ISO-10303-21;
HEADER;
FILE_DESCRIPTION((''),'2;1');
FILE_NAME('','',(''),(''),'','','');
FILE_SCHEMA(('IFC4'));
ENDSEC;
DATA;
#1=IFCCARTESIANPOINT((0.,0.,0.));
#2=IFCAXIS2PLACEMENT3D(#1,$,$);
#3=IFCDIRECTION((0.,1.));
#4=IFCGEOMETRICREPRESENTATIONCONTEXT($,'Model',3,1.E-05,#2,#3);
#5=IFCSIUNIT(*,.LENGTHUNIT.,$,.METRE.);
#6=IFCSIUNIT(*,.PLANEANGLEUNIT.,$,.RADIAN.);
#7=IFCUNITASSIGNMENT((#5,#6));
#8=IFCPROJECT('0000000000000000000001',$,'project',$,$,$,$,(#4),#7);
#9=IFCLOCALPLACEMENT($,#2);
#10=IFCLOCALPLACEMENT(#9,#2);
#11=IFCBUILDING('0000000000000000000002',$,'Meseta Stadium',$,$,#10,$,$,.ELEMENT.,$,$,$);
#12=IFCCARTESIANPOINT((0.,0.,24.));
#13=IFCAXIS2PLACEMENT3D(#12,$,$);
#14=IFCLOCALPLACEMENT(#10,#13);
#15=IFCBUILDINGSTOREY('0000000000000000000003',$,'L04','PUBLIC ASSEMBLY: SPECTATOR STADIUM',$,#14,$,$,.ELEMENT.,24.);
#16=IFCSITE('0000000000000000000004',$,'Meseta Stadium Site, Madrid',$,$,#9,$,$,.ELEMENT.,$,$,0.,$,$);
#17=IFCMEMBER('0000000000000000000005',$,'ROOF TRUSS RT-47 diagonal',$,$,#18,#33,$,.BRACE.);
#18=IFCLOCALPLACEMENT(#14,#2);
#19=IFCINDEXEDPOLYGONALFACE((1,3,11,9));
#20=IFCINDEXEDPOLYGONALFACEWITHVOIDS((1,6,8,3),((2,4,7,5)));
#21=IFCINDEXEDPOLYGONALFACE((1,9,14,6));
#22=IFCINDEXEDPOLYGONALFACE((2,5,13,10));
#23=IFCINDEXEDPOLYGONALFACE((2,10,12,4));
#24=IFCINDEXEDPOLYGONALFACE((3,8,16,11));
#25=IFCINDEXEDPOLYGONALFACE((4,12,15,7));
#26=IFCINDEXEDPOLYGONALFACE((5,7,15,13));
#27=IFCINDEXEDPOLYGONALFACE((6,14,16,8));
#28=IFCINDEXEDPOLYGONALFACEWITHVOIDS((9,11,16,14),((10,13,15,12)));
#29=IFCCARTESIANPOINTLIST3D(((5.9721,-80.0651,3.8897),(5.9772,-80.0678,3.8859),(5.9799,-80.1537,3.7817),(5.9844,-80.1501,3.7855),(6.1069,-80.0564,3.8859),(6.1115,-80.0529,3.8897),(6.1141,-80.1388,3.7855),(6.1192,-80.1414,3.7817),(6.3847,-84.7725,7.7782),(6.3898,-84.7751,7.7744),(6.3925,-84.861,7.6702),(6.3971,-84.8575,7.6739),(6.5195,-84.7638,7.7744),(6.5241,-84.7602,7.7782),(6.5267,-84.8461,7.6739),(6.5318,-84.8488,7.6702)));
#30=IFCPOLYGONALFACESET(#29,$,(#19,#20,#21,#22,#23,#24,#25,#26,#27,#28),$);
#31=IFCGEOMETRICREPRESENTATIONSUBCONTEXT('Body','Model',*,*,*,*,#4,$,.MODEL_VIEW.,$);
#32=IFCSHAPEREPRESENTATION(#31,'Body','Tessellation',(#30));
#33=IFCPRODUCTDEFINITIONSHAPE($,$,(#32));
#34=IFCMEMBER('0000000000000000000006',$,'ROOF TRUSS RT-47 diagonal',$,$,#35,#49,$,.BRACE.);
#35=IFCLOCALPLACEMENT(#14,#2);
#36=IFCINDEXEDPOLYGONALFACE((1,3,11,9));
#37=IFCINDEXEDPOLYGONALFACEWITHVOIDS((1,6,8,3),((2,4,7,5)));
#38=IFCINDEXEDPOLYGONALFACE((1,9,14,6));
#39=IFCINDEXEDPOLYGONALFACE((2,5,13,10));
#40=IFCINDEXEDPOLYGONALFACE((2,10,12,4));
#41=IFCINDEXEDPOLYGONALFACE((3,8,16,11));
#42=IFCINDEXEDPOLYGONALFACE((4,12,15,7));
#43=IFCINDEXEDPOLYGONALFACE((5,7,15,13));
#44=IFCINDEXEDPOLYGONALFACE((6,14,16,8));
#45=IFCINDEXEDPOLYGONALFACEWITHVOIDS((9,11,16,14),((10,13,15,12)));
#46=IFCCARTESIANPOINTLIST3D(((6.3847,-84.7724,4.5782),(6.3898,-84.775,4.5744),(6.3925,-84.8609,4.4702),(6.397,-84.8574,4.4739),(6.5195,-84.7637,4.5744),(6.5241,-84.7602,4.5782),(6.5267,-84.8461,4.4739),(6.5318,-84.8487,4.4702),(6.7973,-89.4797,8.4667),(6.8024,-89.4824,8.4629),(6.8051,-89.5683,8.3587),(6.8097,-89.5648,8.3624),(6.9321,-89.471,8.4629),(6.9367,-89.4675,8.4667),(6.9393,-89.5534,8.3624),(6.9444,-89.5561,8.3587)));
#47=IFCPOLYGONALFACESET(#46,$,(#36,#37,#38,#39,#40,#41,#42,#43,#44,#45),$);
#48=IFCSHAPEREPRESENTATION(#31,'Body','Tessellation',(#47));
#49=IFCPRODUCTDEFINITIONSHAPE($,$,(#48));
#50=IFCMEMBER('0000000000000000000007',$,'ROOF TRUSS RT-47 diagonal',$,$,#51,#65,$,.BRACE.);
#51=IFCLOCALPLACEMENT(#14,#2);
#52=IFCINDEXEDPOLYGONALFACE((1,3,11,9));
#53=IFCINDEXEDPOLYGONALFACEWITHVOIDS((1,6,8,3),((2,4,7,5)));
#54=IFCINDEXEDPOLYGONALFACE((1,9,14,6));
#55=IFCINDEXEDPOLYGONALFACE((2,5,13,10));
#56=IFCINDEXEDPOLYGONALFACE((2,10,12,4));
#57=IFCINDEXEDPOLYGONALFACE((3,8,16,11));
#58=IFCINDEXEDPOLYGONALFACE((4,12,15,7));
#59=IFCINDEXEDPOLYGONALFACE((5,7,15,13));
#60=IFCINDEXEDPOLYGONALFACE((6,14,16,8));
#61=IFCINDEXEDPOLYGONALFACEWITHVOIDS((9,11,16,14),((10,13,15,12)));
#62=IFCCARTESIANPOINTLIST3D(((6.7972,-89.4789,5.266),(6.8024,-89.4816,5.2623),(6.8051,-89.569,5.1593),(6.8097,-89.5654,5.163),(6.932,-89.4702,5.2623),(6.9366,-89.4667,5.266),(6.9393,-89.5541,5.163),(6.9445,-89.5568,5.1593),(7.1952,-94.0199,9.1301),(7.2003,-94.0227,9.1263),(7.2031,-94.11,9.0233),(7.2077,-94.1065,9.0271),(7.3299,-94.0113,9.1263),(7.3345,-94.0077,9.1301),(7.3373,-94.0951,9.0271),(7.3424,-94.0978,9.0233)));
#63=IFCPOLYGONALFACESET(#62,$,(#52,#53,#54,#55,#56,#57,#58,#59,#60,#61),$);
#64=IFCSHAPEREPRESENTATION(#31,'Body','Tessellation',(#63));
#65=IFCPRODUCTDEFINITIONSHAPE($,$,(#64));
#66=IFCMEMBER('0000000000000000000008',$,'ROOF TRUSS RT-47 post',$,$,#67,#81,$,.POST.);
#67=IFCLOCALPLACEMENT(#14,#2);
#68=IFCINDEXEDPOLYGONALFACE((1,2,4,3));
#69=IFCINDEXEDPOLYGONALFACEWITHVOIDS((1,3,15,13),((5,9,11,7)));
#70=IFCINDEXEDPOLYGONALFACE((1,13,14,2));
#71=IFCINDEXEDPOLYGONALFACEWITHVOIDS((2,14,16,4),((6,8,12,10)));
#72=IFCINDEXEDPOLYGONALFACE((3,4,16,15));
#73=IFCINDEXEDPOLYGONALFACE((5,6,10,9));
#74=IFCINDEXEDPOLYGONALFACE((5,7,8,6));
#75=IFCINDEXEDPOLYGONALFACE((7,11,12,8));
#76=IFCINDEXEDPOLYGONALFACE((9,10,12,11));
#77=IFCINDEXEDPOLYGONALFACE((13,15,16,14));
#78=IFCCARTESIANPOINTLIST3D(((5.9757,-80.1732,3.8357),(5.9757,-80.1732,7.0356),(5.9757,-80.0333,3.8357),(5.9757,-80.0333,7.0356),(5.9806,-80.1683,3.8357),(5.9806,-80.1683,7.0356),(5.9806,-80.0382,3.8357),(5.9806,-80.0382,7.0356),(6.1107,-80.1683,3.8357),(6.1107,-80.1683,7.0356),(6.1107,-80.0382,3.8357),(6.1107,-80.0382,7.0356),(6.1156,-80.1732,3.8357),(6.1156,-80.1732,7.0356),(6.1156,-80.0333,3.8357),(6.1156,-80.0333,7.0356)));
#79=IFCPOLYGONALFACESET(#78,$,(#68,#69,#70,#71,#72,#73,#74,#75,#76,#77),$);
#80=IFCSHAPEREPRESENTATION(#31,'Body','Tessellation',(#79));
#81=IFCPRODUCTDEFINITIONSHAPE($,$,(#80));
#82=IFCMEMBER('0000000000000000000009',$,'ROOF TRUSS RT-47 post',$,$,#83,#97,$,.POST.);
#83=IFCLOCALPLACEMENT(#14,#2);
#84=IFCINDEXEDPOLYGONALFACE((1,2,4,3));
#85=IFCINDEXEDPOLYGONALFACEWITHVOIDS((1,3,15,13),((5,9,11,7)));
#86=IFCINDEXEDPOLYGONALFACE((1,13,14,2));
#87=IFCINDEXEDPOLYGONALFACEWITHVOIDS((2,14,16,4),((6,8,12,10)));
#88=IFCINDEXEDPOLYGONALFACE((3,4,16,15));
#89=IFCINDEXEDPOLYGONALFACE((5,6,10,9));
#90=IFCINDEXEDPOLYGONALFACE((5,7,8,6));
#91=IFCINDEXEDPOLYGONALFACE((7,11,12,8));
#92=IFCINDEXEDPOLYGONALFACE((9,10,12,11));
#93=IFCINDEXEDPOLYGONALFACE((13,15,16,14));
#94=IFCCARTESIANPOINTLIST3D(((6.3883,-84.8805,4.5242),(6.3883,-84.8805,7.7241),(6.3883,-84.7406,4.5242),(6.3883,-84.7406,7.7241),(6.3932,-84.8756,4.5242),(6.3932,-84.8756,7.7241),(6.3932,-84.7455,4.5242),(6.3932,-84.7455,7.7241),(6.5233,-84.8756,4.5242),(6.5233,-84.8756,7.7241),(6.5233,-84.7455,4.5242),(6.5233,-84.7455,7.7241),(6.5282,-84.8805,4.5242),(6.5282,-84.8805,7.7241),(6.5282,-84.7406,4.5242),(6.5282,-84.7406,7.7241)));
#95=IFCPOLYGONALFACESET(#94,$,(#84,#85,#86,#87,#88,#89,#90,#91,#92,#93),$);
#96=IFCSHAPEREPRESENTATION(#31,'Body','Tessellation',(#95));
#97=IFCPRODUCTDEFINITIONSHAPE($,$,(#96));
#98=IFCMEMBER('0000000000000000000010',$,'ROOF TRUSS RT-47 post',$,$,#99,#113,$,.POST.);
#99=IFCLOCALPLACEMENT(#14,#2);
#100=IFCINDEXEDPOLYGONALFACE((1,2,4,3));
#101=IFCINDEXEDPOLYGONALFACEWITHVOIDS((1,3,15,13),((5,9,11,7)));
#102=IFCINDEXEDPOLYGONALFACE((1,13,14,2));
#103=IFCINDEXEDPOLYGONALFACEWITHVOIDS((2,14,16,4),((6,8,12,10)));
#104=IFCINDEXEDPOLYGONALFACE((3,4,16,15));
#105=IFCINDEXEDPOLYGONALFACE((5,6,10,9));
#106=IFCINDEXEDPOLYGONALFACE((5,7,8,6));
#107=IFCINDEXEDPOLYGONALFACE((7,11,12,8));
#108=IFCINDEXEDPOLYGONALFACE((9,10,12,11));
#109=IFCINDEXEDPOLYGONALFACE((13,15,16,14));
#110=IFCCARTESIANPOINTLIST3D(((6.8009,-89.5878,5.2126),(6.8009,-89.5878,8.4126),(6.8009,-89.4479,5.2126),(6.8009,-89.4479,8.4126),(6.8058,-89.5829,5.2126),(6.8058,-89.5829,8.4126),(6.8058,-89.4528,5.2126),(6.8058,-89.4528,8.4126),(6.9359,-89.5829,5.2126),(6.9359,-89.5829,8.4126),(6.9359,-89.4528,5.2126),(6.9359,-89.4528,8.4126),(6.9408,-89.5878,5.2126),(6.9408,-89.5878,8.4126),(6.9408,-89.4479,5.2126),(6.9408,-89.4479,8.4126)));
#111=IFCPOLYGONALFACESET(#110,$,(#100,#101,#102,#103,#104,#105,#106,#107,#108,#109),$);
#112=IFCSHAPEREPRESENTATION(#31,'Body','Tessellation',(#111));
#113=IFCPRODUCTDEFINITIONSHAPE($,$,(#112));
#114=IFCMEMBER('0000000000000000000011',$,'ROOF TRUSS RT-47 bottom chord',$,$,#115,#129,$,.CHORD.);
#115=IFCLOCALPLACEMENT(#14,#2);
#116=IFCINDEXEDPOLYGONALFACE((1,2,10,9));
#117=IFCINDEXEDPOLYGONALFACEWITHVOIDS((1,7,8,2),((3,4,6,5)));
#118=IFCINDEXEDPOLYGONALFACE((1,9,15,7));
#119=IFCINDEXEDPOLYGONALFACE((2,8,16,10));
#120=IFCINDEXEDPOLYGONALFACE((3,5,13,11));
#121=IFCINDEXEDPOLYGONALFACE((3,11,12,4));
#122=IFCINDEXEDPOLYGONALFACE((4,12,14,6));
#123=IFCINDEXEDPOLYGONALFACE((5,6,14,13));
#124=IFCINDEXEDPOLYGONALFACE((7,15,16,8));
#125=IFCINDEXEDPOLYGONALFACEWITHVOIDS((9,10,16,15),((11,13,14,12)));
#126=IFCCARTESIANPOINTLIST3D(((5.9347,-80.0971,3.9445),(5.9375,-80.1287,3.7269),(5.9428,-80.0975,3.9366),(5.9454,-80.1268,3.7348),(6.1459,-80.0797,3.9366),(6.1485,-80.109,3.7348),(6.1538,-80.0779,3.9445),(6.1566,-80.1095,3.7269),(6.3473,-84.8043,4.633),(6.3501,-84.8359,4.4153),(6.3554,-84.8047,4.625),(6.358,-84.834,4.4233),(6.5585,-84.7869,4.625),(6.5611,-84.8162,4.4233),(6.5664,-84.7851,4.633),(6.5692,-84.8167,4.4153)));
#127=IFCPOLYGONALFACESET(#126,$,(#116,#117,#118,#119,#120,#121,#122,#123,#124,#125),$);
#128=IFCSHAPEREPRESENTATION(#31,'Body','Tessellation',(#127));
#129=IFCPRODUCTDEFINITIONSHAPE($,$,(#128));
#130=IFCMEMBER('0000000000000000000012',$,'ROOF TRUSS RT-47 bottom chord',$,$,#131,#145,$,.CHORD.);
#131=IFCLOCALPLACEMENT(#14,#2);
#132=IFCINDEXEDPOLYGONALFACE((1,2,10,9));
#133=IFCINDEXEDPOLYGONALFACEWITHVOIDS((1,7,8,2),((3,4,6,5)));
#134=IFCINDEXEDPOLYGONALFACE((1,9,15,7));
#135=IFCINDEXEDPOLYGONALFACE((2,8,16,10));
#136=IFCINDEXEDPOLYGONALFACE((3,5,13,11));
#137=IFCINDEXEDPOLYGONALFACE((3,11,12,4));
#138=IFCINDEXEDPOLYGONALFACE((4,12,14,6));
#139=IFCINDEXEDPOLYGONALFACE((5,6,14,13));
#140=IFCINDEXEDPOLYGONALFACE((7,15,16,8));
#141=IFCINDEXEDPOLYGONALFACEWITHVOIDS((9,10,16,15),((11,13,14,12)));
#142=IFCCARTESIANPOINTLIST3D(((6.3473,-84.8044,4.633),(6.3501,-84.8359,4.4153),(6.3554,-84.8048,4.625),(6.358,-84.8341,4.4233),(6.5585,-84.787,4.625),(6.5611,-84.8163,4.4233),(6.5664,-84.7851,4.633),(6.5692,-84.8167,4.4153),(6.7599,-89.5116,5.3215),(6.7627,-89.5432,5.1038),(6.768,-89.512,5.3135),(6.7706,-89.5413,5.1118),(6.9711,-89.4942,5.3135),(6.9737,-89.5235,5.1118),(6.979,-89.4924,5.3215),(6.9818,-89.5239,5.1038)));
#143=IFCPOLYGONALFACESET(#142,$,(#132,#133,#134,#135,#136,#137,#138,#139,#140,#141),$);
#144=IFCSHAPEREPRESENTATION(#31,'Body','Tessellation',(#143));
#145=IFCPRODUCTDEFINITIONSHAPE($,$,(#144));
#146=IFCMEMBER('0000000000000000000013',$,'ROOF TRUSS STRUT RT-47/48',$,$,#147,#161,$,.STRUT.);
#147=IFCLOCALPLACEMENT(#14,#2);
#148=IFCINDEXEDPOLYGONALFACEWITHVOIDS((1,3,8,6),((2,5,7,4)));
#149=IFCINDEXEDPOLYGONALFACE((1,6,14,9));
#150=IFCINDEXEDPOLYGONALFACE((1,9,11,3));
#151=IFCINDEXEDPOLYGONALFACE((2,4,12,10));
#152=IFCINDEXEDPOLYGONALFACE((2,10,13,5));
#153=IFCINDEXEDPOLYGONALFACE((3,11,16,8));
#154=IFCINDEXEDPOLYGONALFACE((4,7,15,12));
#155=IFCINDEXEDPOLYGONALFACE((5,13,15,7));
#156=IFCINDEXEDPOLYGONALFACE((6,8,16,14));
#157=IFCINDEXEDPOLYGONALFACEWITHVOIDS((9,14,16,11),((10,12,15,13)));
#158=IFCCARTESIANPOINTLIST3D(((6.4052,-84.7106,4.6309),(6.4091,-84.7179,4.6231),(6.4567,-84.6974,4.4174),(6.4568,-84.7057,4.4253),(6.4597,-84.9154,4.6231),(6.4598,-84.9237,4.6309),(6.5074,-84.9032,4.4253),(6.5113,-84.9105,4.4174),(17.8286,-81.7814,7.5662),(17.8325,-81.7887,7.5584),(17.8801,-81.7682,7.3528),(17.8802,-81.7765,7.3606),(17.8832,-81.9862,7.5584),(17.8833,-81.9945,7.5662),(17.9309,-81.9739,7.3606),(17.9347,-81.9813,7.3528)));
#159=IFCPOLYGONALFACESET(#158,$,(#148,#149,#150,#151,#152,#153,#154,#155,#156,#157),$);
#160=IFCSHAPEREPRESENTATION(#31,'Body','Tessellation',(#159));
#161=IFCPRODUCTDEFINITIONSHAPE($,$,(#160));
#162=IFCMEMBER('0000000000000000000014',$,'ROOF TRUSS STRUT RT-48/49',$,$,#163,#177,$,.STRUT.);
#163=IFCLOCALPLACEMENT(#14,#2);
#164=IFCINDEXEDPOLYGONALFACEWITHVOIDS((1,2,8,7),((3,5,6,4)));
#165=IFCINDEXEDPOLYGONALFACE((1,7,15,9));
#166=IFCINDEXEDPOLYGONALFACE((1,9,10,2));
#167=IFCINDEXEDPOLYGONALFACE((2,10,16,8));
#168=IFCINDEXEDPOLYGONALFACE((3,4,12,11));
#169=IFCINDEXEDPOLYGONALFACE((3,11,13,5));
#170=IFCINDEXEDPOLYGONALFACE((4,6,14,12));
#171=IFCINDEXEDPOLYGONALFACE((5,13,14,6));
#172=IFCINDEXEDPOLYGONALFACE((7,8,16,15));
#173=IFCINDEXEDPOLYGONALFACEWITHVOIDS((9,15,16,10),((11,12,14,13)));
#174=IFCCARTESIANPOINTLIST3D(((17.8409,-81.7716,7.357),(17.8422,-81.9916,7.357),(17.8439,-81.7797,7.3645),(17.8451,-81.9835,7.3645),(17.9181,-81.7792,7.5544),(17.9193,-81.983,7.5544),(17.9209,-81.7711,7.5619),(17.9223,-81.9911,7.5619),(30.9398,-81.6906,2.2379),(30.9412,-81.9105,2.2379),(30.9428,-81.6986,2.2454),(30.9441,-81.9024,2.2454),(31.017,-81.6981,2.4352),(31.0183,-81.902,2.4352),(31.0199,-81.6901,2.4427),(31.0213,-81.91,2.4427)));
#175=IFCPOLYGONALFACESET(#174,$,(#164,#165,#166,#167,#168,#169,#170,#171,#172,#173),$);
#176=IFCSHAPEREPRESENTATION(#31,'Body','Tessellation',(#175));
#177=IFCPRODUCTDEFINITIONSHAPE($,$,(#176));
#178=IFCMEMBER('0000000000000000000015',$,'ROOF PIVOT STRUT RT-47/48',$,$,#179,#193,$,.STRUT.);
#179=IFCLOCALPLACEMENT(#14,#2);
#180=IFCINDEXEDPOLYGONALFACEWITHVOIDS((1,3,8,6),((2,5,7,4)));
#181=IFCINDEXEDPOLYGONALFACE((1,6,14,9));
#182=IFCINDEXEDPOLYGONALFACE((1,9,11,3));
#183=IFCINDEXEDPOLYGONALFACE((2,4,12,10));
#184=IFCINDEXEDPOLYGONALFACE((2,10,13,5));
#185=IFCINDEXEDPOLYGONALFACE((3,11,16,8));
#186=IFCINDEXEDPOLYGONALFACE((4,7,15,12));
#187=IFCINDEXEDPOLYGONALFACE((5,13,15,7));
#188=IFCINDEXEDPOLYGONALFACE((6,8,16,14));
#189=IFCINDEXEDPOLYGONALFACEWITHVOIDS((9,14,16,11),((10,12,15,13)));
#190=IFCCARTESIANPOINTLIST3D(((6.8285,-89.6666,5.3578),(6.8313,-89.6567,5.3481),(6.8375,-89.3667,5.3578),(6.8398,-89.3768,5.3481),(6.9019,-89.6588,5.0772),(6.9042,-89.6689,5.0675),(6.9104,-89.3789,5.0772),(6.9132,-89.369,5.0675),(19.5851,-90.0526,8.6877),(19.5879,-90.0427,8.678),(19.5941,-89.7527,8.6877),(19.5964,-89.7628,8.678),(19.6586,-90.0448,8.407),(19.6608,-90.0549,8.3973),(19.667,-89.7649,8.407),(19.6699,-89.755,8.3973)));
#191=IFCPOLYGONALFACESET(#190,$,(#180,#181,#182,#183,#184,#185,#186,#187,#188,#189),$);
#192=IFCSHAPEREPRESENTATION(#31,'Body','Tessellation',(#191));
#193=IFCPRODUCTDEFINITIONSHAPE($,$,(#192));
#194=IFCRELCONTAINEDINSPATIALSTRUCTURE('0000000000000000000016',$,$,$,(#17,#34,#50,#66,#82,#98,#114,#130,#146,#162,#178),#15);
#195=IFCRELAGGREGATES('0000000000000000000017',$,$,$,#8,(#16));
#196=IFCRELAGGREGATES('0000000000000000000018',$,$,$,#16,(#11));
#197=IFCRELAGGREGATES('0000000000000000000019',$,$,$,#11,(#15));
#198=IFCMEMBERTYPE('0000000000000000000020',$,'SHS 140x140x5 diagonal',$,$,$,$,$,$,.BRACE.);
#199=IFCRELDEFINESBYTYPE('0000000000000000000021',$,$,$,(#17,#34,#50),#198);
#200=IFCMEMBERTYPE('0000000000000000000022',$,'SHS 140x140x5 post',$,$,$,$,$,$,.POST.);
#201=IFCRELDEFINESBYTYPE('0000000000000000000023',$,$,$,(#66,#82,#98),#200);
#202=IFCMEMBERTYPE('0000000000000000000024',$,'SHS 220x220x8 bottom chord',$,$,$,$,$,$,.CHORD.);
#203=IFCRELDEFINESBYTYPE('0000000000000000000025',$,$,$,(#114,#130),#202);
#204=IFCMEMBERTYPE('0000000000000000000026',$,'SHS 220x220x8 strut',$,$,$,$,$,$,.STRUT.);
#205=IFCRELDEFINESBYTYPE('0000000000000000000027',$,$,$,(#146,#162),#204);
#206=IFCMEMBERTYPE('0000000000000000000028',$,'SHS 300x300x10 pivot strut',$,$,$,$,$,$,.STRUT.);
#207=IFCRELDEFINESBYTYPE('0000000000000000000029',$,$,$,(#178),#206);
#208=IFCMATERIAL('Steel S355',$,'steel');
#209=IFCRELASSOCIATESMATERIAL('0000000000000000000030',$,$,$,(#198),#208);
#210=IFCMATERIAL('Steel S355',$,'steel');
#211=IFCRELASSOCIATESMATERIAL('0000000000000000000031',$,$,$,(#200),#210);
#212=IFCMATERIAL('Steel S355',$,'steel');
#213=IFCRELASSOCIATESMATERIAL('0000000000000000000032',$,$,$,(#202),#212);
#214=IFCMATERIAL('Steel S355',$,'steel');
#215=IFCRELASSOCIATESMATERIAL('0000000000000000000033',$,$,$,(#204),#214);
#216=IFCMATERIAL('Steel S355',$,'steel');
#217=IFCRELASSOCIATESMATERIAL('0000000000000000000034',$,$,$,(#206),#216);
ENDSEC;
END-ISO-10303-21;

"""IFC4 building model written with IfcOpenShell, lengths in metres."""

from ifc_helpers import new_model, si_unit, direction, frame, origin, origin_2d, place, context, subcontext, project, spatial, hollow_rectangle, extrude, material, material_profile, profile_set, type_object, element, save


model = new_model("IFC4")

# Units and contexts
model_context = context("Model", 3, precision=1e-05, world=origin(), true_north=direction((0.0, 1.0)))
body_context = subcontext(model_context, "Body", "Model", "MODEL_VIEW")
ifc_project = project(units=[si_unit("LENGTHUNIT", "METRE"), si_unit("PLANEANGLEUNIT", "RADIAN")], contexts=[model_context])

# Site, building, storey
site_placement = place(None, origin())
site = spatial("IfcSite", under=ifc_project, at=site_placement, Name="Meseta Stadium Site, Madrid", CompositionType="ELEMENT", RefElevation=0.0)
building_placement = place(site_placement, origin())
building = spatial("IfcBuilding", under=site, at=building_placement, Name="Meseta Stadium", CompositionType="ELEMENT")
storey_placement = place(building_placement, frame((0.0, 0.0, 24.0)))
storey = spatial("IfcBuildingStorey", under=building, at=storey_placement, Name="L04", Description="PUBLIC ASSEMBLY: SPECTATOR STADIUM", CompositionType="ELEMENT", Elevation=24.0)

# Members
ifc_material_1 = material(Name="Steel S355", Category="steel")
ifc_material_profile_1 = material_profile(ifc_material_1, hollow_rectangle(XDim=0.1399, YDim=0.1399, WallThickness=0.0049, at=origin_2d()), Name="SHS 140x140x5")
ifc_profile_set_1 = profile_set([ifc_material_profile_1], Name="Steel S355")
member_type_1 = type_object("IfcMemberType", Name="SHS 140x140x5 diagonal", PredefinedType="BRACE", material=ifc_profile_set_1)
for number, where, z_axis, x_axis, name in (
    (1, (6.0457, -80.1033, 3.8357), (0.067423, -0.769223, 0.635414), (0.996181, 0.087316, 0.0), "ROOF TRUSS RT-47 diagonal"),
    (2, (6.4583, -84.8105, 4.5242), (0.067423, -0.769223, 0.635414), (0.996181, 0.087316, 0.0), "ROOF TRUSS RT-47 diagonal"),
):
    element("IfcMember", number, at=place(storey_placement, frame(where, z_axis=z_axis, x_axis=x_axis)), inside=storey, type_object=member_type_1, Name=name, PredefinedType="BRACE", context=body_context, shape_type="SweptSolid", body=[
        extrude(hollow_rectangle(XDim=0.1399, YDim=0.1399, WallThickness=0.0049, at=origin_2d()), origin(), (0.0, 0.0, 1.0), 6.1196),
    ])
member_1_placement = place(storey_placement, frame((6.8708, -89.5178, 5.2126), z_axis=(0.066594, -0.759905, 0.646614), x_axis=(0.996182, 0.0873, 0.0)))
element("IfcMember", 3, at=member_1_placement, inside=storey, type_object=member_type_1, Name="ROOF TRUSS RT-47 diagonal", PredefinedType="BRACE", context=body_context, shape_type="SweptSolid", body=[
    extrude(hollow_rectangle(XDim=0.1399, YDim=0.1399, WallThickness=0.0049, at=origin_2d()), origin(), (0.0, 0.0, 1.0), 5.9758),
])
ifc_material_2 = material(Name="Steel S355", Category="steel")
ifc_material_profile_2 = material_profile(ifc_material_2, hollow_rectangle(XDim=0.1399, YDim=0.1399, WallThickness=0.0049, at=origin_2d()), Name="SHS 140x140x5")
ifc_profile_set_2 = profile_set([ifc_material_profile_2], Name="Steel S355")
member_type_2 = type_object("IfcMemberType", Name="SHS 140x140x5 post", PredefinedType="POST", material=ifc_profile_set_2)
for number, where, z_axis, x_axis, name in (
    (4, (6.0457, -80.1033, 3.8357), (0.0, 0.0, 1.0), (1.0, 0.0, 0.0), "ROOF TRUSS RT-47 post"),
    (5, (6.4583, -84.8105, 4.5242), (0.0, 0.0, 1.0), (1.0, 0.0, 0.0), "ROOF TRUSS RT-47 post"),
    (6, (6.8708, -89.5178, 5.2126), (0.0, 0.0, 1.0), (1.0, 0.0, 0.0), "ROOF TRUSS RT-47 post"),
):
    element("IfcMember", number, at=place(storey_placement, frame(where, z_axis=z_axis, x_axis=x_axis)), inside=storey, type_object=member_type_2, Name=name, PredefinedType="POST", context=body_context, shape_type="SweptSolid", body=[
        extrude(hollow_rectangle(XDim=0.1399, YDim=0.1399, WallThickness=0.0049, at=origin_2d()), origin(), (0.0, 0.0, 1.0), 3.2),
    ])
ifc_material_3 = material(Name="Steel S355", Category="steel")
ifc_material_profile_3 = material_profile(ifc_material_3, hollow_rectangle(XDim=0.22, YDim=0.22, WallThickness=0.0081, at=origin_2d()), Name="SHS 220x220x8")
ifc_profile_set_3 = profile_set([ifc_material_profile_3], Name="Steel S355")
member_type_3 = type_object("IfcMemberType", Name="SHS 220x220x8 bottom chord", PredefinedType="CHORD", material=ifc_profile_set_3)
for number, where, z_axis, x_axis, name in (
    (7, (6.0457, -80.1033, 3.8357), (0.086404, -0.985772, 0.144177), (0.996181, 0.087316, 0.0), "ROOF TRUSS RT-47 bottom chord"),
    (8, (6.4583, -84.8105, 4.5242), (0.086404, -0.985772, 0.144177), (0.996181, 0.087316, 0.0), "ROOF TRUSS RT-47 bottom chord"),
):
    element("IfcMember", number, at=place(storey_placement, frame(where, z_axis=z_axis, x_axis=x_axis)), inside=storey, type_object=member_type_3, Name=name, PredefinedType="CHORD", context=body_context, shape_type="SweptSolid", body=[
        extrude(hollow_rectangle(XDim=0.22, YDim=0.22, WallThickness=0.0081, at=origin_2d()), origin(), (0.0, 0.0, 1.0), 4.7751),
    ])
ifc_material_4 = material(Name="Steel S355", Category="steel")
ifc_material_profile_4 = material_profile(ifc_material_4, hollow_rectangle(XDim=0.22, YDim=0.22, WallThickness=0.0081, at=origin_2d()), Name="SHS 220x220x8")
ifc_profile_set_4 = profile_set([ifc_material_profile_4], Name="Steel S355")
member_type_4 = type_object("IfcMemberType", Name="SHS 220x220x8 strut", PredefinedType="STRUT", material=ifc_profile_set_4)
member_2_placement = place(storey_placement, frame((6.4583, -84.8105, 4.5242), z_axis=(0.939981, 0.241032, 0.241534), x_axis=(-0.248386, 0.968661, 0.0)))
element("IfcMember", 9, at=member_2_placement, inside=storey, type_object=member_type_4, Name="ROOF TRUSS STRUT RT-47/48", PredefinedType="STRUT", context=body_context, shape_type="SweptSolid", body=[
    extrude(hollow_rectangle(XDim=0.22, YDim=0.22, WallThickness=0.0081, at=origin_2d()), origin(), (0.0, 0.0, 1.0), 12.1528),
])
member_3_placement = place(storey_placement, frame((17.8816, -81.8813, 7.4595), z_axis=(0.931384, 0.005763, -0.363992), x_axis=(-0.006188, 0.999981, 0.0)))
element("IfcMember", 10, at=member_3_placement, inside=storey, type_object=member_type_4, Name="ROOF TRUSS STRUT RT-48/49", PredefinedType="STRUT", context=body_context, shape_type="SweptSolid", body=[
    extrude(hollow_rectangle(XDim=0.22, YDim=0.22, WallThickness=0.0081, at=origin_2d()), origin(), (0.0, 0.0, 1.0), 14.064),
])
ifc_material_5 = material(Name="Steel S355", Category="steel")
ifc_material_profile_5 = material_profile(ifc_material_5, hollow_rectangle(XDim=0.3, YDim=0.3, WallThickness=0.01, at=origin_2d()), Name="SHS 300x300x10")
ifc_profile_set_5 = profile_set([ifc_material_profile_5], Name="Steel S355")
member_type_5 = type_object("IfcMemberType", Name="SHS 300x300x10 pivot strut", PredefinedType="STRUT", material=ifc_profile_set_5)
member_4_placement = place(storey_placement, frame((6.8708, -89.5178, 5.2126), z_axis=(0.967165, -0.029264, 0.252458), x_axis=(0.030244, 0.999543, 0.0)))
element("IfcMember", 11, at=member_4_placement, inside=storey, type_object=member_type_5, Name="ROOF PIVOT STRUT RT-47/48", PredefinedType="STRUT", context=body_context, shape_type="SweptSolid", body=[
    extrude(hollow_rectangle(XDim=0.3, YDim=0.3, WallThickness=0.01, at=origin_2d()), origin(), (0.0, 0.0, 1.0), 13.1897),
])

save(model, "model.ifc")
